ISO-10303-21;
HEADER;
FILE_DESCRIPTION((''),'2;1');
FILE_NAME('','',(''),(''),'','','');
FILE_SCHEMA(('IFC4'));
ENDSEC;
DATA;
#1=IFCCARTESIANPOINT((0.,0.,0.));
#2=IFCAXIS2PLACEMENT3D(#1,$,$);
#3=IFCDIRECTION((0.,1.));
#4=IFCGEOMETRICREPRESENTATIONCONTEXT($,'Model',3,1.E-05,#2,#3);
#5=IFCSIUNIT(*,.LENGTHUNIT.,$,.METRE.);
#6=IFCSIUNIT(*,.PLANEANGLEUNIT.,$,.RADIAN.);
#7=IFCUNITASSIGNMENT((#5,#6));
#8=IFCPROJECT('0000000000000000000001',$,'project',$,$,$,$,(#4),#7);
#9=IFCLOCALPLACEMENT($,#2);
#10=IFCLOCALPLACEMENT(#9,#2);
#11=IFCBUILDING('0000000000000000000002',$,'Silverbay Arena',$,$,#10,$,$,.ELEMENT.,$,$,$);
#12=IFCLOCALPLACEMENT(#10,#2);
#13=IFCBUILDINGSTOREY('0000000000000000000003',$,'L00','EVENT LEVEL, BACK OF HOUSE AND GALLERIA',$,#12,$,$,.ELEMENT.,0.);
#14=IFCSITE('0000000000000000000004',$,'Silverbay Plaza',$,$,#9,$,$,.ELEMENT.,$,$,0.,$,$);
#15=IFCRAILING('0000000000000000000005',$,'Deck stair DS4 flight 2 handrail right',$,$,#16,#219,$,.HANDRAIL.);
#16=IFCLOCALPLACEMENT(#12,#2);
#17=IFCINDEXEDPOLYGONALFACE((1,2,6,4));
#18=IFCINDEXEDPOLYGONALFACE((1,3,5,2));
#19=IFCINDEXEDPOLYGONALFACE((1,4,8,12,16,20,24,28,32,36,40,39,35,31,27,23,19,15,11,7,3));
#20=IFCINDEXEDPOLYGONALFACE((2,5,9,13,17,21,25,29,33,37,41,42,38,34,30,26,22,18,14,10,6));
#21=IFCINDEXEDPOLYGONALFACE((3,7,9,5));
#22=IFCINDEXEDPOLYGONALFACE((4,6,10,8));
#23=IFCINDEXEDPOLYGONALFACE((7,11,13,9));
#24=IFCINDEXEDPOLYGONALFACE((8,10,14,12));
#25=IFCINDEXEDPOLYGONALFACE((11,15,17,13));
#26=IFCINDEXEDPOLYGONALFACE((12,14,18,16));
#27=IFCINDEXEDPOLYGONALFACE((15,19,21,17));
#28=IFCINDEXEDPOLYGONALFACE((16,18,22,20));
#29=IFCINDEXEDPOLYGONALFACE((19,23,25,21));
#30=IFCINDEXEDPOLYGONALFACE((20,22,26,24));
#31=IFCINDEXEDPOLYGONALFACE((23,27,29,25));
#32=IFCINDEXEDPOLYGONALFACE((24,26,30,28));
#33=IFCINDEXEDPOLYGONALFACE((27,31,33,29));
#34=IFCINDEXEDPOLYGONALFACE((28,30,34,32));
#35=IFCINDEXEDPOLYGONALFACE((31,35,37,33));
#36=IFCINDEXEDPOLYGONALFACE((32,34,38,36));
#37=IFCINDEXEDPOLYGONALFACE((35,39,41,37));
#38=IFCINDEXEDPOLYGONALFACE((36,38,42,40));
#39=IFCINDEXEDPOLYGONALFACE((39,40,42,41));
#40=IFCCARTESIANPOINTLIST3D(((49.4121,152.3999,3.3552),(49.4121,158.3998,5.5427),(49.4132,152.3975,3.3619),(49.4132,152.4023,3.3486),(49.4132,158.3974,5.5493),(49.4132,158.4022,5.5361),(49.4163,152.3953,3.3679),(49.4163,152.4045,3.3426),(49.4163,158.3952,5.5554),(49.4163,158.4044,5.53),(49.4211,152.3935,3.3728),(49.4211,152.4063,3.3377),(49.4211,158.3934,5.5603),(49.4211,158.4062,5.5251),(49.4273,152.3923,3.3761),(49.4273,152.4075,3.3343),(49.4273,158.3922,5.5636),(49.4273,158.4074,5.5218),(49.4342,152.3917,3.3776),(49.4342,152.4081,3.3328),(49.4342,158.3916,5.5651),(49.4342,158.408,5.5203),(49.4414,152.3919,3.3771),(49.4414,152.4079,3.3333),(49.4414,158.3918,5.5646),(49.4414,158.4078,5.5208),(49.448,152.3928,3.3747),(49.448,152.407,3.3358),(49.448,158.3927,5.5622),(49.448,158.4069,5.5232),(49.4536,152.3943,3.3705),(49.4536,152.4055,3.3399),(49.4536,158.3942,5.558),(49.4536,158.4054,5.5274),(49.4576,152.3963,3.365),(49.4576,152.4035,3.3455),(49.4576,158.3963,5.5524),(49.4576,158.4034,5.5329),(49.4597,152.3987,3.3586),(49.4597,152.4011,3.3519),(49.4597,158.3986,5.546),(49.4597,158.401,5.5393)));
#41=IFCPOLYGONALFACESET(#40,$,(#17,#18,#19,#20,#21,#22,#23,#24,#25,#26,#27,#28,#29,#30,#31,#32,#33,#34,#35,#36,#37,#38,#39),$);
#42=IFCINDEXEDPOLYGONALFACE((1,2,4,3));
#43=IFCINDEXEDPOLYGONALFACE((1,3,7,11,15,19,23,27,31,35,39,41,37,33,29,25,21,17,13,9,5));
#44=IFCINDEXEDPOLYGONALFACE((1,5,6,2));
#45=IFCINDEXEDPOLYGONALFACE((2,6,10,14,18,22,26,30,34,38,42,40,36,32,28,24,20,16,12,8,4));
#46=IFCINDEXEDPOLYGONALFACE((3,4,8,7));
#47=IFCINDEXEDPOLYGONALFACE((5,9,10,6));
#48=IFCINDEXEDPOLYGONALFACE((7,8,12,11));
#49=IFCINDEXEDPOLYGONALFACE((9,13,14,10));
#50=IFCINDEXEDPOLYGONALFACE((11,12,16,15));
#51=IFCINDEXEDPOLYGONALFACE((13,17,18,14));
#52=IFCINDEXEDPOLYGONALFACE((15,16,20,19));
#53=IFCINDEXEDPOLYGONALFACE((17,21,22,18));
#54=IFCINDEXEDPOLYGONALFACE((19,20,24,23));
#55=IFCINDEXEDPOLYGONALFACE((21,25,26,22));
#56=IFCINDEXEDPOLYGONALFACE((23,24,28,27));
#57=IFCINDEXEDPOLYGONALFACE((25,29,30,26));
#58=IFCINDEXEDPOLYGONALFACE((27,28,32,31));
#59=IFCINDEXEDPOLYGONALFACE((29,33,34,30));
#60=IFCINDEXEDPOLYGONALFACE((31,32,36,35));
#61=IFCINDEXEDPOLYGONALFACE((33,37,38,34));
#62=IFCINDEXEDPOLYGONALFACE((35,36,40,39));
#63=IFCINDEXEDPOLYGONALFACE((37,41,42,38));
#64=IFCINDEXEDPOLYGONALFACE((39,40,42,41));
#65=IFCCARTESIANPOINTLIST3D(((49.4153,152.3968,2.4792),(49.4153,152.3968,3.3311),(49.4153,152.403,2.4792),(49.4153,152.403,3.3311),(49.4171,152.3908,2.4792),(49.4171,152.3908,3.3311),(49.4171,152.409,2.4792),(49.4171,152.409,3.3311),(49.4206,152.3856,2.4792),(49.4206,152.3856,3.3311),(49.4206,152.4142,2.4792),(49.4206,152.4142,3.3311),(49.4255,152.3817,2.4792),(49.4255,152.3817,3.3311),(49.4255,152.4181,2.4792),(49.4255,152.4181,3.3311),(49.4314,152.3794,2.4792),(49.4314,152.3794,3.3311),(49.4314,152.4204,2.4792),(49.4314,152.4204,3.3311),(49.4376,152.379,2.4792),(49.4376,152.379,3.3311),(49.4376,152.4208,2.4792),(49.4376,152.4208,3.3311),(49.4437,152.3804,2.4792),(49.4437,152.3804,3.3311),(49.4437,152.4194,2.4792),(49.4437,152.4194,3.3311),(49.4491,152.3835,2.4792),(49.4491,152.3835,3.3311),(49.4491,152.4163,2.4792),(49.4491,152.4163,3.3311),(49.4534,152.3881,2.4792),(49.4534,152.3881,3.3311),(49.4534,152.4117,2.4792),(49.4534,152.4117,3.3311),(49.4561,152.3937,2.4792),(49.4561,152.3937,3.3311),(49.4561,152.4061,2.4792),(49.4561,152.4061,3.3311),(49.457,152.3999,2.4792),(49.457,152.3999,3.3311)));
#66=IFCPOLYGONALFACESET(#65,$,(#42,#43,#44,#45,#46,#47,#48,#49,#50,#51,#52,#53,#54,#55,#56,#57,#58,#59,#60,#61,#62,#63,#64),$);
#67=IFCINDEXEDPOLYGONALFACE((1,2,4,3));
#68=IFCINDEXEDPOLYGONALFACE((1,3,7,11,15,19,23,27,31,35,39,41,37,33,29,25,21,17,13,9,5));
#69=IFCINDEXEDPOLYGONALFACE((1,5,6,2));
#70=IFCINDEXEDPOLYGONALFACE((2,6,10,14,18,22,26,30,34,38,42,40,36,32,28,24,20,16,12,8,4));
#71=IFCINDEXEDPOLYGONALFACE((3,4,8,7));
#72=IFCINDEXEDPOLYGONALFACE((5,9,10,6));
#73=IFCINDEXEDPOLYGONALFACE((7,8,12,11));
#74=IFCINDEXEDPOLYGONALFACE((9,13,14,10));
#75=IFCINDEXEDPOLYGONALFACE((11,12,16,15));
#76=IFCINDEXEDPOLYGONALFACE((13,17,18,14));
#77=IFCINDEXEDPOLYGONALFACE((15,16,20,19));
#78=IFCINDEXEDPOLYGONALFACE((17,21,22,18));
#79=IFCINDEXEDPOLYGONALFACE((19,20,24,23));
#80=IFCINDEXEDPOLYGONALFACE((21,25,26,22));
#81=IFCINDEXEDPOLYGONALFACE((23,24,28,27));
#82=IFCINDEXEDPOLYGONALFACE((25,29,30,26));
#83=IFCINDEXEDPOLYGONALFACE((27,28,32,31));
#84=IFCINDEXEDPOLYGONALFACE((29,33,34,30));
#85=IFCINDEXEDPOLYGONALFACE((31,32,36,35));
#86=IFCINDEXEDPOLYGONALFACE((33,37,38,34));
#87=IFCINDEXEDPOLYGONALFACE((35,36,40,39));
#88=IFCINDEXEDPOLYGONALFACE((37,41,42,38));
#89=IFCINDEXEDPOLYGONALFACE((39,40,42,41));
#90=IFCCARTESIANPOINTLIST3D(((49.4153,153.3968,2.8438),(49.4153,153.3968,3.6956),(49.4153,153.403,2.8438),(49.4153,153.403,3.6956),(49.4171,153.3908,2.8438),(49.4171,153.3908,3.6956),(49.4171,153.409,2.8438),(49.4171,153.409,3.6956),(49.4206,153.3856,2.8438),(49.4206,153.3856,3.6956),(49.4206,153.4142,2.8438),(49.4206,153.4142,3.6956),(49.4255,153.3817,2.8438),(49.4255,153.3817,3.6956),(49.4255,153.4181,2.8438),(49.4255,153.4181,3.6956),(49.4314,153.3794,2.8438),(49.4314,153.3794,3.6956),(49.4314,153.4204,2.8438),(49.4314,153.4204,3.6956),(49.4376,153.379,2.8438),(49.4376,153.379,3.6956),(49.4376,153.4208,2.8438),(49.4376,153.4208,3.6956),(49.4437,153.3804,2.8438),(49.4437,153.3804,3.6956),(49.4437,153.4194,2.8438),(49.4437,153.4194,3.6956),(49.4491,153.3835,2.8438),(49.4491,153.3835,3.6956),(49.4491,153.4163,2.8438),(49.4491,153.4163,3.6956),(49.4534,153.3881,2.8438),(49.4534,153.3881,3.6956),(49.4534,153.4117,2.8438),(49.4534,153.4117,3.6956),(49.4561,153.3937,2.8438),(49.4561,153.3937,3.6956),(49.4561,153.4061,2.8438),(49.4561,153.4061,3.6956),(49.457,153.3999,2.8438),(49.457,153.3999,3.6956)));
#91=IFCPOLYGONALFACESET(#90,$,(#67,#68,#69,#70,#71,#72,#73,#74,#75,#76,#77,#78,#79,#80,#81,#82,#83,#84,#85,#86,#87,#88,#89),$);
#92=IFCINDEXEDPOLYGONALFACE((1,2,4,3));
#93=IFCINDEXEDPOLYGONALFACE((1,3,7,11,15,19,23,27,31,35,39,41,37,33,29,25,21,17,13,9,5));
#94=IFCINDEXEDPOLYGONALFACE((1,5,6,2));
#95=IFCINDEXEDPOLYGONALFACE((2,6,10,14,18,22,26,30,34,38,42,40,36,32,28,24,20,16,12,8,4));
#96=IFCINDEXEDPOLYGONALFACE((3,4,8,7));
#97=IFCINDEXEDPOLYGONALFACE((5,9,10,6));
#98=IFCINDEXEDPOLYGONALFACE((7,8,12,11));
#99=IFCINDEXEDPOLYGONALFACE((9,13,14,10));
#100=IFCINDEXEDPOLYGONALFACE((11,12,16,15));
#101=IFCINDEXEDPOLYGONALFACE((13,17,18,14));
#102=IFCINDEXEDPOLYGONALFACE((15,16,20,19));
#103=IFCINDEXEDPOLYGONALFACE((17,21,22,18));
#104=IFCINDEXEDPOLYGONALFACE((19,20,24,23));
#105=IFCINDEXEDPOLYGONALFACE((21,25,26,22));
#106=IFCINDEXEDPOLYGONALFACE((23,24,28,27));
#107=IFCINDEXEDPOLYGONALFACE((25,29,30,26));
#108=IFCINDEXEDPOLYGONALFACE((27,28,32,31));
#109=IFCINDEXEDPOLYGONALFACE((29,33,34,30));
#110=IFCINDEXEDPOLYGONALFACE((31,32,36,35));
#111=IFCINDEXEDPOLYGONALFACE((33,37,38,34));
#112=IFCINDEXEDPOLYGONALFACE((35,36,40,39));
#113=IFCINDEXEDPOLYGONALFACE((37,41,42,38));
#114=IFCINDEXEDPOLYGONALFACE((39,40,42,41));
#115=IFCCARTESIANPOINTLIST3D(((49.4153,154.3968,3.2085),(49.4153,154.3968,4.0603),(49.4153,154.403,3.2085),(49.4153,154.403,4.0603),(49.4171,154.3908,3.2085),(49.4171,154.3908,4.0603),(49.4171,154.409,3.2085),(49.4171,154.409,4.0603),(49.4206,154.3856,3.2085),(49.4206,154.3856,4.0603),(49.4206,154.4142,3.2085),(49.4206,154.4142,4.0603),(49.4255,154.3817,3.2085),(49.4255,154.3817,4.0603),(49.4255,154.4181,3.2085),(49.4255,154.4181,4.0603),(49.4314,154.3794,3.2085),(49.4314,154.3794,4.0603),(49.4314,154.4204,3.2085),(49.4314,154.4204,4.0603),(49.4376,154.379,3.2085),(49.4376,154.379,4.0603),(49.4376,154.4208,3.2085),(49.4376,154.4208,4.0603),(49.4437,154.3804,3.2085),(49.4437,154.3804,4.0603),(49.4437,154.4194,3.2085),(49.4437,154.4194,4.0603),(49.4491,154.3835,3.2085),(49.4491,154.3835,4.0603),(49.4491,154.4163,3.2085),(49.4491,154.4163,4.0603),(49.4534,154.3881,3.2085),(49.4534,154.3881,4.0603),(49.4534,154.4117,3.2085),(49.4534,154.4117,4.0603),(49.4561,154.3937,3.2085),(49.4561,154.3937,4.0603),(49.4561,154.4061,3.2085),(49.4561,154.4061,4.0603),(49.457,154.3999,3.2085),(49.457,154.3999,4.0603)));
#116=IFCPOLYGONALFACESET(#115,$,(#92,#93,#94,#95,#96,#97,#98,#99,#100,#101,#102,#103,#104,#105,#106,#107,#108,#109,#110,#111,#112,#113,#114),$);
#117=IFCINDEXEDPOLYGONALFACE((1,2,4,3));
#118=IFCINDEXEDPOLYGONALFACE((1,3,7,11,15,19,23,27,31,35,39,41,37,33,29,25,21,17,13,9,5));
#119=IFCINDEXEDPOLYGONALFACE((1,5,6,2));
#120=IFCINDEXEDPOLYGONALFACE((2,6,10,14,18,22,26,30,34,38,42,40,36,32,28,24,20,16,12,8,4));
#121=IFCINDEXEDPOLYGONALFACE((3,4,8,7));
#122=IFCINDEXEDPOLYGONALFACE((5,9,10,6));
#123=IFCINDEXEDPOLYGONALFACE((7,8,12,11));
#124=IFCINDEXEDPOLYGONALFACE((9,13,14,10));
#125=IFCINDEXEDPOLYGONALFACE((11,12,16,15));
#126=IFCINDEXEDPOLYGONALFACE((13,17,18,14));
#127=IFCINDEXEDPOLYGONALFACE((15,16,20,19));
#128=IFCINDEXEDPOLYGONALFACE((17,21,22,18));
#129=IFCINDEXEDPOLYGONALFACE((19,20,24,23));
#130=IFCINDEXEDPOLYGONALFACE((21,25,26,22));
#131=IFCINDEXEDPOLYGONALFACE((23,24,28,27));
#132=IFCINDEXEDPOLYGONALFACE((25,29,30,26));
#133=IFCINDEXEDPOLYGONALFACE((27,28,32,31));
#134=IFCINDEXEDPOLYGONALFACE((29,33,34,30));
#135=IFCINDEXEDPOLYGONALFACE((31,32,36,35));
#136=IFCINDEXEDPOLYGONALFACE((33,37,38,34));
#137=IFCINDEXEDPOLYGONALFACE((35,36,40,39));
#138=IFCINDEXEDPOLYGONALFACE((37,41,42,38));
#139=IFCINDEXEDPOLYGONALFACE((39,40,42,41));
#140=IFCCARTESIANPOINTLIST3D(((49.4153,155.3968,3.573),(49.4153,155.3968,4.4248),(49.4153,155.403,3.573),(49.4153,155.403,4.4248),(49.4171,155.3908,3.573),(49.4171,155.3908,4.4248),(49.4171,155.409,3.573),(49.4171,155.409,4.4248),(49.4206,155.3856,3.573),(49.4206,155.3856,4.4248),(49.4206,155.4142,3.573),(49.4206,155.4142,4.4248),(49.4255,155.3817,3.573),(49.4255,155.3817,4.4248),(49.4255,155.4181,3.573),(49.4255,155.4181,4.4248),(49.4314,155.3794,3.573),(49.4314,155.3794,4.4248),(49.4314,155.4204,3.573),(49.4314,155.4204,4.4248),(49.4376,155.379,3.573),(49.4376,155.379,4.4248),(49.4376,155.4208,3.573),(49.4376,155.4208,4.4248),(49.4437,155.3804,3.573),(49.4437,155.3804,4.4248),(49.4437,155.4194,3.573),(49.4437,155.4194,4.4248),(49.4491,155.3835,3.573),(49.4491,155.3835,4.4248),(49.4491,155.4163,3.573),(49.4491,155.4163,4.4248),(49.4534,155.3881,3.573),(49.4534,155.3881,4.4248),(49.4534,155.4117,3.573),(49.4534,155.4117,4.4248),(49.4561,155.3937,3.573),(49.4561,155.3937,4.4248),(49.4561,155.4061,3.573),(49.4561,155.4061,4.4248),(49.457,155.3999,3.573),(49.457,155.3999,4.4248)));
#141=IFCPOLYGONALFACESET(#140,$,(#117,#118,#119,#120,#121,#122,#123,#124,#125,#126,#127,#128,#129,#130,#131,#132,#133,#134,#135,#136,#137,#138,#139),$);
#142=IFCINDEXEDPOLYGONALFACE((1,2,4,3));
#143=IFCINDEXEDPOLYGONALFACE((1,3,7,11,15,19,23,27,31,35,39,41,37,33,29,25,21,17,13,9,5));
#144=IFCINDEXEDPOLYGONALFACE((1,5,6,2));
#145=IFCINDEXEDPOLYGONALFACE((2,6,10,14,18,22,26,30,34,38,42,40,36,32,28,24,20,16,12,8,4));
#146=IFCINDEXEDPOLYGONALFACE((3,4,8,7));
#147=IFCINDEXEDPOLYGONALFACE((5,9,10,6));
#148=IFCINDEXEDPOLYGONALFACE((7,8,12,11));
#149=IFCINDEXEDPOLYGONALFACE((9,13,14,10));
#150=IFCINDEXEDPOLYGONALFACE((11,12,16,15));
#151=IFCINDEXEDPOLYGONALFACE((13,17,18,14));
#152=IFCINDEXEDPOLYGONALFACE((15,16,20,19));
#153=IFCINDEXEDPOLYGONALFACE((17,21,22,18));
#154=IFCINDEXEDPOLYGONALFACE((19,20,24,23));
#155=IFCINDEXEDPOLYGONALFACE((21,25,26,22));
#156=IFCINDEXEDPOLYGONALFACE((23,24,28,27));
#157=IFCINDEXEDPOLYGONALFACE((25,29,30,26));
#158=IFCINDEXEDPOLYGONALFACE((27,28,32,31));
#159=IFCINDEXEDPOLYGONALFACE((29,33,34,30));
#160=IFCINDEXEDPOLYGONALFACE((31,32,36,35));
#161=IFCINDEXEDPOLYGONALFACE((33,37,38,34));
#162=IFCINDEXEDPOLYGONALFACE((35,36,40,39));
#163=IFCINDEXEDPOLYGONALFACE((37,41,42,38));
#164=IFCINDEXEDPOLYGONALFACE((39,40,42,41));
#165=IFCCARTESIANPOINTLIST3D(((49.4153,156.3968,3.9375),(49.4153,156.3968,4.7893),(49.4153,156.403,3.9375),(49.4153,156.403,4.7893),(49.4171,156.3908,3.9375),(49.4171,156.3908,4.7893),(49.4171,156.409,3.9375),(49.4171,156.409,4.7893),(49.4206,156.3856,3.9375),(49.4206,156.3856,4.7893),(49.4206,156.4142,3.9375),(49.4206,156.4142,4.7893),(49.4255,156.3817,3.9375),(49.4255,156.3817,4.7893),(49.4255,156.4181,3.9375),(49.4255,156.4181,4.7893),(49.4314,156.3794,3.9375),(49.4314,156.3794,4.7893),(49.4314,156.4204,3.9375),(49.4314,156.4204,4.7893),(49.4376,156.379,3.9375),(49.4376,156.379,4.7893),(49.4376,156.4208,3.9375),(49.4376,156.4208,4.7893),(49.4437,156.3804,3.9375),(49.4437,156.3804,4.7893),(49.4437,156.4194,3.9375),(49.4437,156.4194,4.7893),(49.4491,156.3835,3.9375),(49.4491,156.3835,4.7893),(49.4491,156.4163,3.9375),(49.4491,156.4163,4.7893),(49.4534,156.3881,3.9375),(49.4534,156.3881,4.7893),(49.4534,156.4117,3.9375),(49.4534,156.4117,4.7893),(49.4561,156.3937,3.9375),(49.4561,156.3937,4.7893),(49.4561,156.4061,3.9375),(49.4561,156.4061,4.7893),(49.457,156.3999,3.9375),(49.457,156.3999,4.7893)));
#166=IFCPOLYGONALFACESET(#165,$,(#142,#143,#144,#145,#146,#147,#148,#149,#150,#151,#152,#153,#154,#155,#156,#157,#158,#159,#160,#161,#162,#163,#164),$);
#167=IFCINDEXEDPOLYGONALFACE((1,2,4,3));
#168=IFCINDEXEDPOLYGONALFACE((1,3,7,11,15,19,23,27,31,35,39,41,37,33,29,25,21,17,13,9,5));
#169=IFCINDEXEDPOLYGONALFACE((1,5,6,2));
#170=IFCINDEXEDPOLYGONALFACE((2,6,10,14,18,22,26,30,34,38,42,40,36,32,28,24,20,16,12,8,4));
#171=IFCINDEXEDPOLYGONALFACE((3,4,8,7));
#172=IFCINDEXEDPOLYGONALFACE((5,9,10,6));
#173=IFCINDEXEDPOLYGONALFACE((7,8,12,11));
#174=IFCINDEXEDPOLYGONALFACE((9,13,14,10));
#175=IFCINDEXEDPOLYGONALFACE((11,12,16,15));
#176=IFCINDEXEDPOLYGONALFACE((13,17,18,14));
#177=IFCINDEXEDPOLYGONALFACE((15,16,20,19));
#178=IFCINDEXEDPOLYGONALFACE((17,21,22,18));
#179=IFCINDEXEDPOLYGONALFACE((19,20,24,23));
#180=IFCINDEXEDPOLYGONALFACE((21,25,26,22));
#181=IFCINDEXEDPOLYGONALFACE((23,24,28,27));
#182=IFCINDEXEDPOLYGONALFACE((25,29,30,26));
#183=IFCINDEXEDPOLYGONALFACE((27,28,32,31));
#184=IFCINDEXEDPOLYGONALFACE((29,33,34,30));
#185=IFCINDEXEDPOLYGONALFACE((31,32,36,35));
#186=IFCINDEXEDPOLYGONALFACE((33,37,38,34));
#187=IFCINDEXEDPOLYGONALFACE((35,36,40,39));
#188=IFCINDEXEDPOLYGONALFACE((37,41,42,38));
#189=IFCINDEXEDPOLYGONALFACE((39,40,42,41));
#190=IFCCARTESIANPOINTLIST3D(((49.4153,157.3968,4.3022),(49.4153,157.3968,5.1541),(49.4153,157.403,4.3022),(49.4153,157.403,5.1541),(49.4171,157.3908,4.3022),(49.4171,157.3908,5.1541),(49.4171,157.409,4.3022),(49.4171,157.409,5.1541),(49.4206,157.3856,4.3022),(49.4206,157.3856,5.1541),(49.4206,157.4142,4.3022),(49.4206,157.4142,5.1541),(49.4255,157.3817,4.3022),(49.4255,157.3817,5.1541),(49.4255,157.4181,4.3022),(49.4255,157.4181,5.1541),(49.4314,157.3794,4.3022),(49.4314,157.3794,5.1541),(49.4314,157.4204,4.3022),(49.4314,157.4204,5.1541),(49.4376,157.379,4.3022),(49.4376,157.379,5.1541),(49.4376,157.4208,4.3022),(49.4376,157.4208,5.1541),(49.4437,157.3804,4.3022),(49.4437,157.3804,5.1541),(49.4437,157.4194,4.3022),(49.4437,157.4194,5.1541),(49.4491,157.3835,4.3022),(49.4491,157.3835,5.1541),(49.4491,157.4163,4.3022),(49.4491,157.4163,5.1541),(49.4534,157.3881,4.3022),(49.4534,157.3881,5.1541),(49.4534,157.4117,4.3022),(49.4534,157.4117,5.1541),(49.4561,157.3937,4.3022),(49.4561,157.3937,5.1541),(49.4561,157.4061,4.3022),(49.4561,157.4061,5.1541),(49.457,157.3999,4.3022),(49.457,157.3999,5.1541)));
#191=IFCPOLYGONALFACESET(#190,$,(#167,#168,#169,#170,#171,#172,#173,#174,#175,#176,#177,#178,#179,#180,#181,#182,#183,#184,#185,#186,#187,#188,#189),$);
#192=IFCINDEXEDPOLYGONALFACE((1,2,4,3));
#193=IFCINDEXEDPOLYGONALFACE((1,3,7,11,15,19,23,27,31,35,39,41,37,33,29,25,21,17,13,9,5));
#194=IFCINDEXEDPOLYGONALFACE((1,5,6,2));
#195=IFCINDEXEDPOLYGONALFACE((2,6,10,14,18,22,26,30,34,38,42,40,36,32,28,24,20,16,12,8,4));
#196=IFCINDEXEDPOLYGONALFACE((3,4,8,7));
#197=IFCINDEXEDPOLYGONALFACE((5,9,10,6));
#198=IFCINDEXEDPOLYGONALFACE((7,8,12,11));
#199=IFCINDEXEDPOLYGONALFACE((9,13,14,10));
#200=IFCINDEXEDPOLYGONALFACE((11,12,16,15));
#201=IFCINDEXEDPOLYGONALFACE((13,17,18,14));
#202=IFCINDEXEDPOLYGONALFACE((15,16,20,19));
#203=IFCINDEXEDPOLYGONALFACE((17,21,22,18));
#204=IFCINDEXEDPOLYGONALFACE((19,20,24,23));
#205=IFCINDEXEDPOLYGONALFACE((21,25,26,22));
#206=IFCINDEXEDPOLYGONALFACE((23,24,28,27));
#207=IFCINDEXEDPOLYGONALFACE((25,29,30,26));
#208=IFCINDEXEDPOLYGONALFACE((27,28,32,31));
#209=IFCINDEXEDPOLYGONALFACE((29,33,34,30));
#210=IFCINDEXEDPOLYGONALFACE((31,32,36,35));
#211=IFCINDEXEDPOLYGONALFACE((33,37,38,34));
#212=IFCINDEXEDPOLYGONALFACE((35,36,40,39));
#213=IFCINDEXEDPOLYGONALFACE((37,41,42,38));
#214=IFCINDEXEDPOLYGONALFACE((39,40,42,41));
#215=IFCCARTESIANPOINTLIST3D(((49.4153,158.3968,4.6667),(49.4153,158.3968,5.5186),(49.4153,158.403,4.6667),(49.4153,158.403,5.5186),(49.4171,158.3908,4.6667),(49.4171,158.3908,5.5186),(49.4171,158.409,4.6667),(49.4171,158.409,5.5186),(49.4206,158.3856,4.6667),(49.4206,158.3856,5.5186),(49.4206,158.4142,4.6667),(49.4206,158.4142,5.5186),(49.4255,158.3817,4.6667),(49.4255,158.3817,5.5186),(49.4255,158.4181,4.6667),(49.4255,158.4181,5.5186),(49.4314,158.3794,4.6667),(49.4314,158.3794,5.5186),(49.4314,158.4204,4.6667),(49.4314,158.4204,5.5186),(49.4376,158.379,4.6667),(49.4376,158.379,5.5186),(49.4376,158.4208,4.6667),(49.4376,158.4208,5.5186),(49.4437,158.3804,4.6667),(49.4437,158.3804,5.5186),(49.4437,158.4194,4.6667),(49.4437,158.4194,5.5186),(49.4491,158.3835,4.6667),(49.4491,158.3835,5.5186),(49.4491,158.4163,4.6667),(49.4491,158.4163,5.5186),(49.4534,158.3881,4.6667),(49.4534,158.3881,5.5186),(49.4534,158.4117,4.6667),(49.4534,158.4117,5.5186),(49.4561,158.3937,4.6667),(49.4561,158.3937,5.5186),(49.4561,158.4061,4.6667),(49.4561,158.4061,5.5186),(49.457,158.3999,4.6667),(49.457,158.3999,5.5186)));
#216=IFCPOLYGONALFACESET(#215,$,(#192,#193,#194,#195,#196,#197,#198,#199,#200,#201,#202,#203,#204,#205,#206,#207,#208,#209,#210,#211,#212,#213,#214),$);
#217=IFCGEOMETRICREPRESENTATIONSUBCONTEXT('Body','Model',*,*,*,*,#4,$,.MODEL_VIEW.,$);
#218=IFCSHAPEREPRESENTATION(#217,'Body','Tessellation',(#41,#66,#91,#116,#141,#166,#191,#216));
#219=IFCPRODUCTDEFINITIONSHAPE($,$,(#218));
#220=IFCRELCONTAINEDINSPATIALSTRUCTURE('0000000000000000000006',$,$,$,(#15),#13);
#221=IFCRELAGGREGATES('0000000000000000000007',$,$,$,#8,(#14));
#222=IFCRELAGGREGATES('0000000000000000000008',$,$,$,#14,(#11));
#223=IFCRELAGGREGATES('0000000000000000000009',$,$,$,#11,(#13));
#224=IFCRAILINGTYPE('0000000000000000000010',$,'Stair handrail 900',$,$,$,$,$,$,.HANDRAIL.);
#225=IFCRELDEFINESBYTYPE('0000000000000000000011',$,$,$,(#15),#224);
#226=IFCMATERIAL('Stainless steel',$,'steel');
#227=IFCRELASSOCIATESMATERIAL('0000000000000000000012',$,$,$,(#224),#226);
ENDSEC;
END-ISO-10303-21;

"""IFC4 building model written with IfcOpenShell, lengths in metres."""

from ifc_helpers import new_model, si_unit, direction, frame, origin, origin_2d, place, context, subcontext, project, spatial, circle, extrude, material, type_object, element, save


model = new_model("IFC4")

# Units and contexts
model_context = context("Model", 3, precision=1e-05, world=origin(), true_north=direction((0.0, 1.0)))
body_context = subcontext(model_context, "Body", "Model", "MODEL_VIEW")
ifc_project = project(units=[si_unit("LENGTHUNIT", "METRE"), si_unit("PLANEANGLEUNIT", "RADIAN")], contexts=[model_context])

# Site, building, storey
site_placement = place(None, origin())
site = spatial("IfcSite", under=ifc_project, at=site_placement, Name="Silverbay Plaza", CompositionType="ELEMENT", RefElevation=0.0)
building_placement = place(site_placement, origin())
building = spatial("IfcBuilding", under=site, at=building_placement, Name="Silverbay Arena", CompositionType="ELEMENT")
storey_placement = place(building_placement, origin())
storey = spatial("IfcBuildingStorey", under=building, at=storey_placement, Name="L00", Description="EVENT LEVEL, BACK OF HOUSE AND GALLERIA", CompositionType="ELEMENT", Elevation=0.0)

# Railing
ifc_material_1 = material(Name="Stainless steel", Category="steel")
railing_type_1 = type_object("IfcRailingType", Name="Stair handrail 900", PredefinedType="HANDRAIL", material=ifc_material_1)
for number, where, name in (
    (1, (49.436, 152.3999, 2.4792), "Deck stair DS4 flight 2 handrail right"),
):
    element("IfcRailing", number, at=place(storey_placement, frame(where)), inside=storey, type_object=railing_type_1, Name=name, PredefinedType="HANDRAIL", context=body_context, shape_type="SweptSolid", body=[
        extrude(circle(Radius=0.0239, at=origin_2d()), frame((0.0, 0.0, 0.876), z_axis=(0.0, 0.939507, 0.342529), x_axis=(-1.0, 0.0, 0.0)), (0.0, 0.0, 1.0), 6.3862),
        extrude(circle(Radius=0.021, at=origin_2d()), origin(), (0.0, 0.0, 1.0), 0.8518),
        extrude(circle(Radius=0.021, at=origin_2d()), frame((0.0, 1.0, 0.3645)), (0.0, 0.0, 1.0), 0.8518),
        extrude(circle(Radius=0.021, at=origin_2d()), frame((0.0, 2.0, 0.7292)), (0.0, 0.0, 1.0), 0.8518),
        extrude(circle(Radius=0.021, at=origin_2d()), frame((0.0, 3.0, 1.0938)), (0.0, 0.0, 1.0), 0.8518),
        extrude(circle(Radius=0.021, at=origin_2d()), frame((0.0, 4.0, 1.4583)), (0.0, 0.0, 1.0), 0.8518),
        extrude(circle(Radius=0.021, at=origin_2d()), frame((0.0, 5.0, 1.823)), (0.0, 0.0, 1.0), 0.8518),
        extrude(circle(Radius=0.021, at=origin_2d()), frame((0.0, 6.0, 2.1875)), (0.0, 0.0, 1.0), 0.8518),
    ])

save(model, "model.ifc")
